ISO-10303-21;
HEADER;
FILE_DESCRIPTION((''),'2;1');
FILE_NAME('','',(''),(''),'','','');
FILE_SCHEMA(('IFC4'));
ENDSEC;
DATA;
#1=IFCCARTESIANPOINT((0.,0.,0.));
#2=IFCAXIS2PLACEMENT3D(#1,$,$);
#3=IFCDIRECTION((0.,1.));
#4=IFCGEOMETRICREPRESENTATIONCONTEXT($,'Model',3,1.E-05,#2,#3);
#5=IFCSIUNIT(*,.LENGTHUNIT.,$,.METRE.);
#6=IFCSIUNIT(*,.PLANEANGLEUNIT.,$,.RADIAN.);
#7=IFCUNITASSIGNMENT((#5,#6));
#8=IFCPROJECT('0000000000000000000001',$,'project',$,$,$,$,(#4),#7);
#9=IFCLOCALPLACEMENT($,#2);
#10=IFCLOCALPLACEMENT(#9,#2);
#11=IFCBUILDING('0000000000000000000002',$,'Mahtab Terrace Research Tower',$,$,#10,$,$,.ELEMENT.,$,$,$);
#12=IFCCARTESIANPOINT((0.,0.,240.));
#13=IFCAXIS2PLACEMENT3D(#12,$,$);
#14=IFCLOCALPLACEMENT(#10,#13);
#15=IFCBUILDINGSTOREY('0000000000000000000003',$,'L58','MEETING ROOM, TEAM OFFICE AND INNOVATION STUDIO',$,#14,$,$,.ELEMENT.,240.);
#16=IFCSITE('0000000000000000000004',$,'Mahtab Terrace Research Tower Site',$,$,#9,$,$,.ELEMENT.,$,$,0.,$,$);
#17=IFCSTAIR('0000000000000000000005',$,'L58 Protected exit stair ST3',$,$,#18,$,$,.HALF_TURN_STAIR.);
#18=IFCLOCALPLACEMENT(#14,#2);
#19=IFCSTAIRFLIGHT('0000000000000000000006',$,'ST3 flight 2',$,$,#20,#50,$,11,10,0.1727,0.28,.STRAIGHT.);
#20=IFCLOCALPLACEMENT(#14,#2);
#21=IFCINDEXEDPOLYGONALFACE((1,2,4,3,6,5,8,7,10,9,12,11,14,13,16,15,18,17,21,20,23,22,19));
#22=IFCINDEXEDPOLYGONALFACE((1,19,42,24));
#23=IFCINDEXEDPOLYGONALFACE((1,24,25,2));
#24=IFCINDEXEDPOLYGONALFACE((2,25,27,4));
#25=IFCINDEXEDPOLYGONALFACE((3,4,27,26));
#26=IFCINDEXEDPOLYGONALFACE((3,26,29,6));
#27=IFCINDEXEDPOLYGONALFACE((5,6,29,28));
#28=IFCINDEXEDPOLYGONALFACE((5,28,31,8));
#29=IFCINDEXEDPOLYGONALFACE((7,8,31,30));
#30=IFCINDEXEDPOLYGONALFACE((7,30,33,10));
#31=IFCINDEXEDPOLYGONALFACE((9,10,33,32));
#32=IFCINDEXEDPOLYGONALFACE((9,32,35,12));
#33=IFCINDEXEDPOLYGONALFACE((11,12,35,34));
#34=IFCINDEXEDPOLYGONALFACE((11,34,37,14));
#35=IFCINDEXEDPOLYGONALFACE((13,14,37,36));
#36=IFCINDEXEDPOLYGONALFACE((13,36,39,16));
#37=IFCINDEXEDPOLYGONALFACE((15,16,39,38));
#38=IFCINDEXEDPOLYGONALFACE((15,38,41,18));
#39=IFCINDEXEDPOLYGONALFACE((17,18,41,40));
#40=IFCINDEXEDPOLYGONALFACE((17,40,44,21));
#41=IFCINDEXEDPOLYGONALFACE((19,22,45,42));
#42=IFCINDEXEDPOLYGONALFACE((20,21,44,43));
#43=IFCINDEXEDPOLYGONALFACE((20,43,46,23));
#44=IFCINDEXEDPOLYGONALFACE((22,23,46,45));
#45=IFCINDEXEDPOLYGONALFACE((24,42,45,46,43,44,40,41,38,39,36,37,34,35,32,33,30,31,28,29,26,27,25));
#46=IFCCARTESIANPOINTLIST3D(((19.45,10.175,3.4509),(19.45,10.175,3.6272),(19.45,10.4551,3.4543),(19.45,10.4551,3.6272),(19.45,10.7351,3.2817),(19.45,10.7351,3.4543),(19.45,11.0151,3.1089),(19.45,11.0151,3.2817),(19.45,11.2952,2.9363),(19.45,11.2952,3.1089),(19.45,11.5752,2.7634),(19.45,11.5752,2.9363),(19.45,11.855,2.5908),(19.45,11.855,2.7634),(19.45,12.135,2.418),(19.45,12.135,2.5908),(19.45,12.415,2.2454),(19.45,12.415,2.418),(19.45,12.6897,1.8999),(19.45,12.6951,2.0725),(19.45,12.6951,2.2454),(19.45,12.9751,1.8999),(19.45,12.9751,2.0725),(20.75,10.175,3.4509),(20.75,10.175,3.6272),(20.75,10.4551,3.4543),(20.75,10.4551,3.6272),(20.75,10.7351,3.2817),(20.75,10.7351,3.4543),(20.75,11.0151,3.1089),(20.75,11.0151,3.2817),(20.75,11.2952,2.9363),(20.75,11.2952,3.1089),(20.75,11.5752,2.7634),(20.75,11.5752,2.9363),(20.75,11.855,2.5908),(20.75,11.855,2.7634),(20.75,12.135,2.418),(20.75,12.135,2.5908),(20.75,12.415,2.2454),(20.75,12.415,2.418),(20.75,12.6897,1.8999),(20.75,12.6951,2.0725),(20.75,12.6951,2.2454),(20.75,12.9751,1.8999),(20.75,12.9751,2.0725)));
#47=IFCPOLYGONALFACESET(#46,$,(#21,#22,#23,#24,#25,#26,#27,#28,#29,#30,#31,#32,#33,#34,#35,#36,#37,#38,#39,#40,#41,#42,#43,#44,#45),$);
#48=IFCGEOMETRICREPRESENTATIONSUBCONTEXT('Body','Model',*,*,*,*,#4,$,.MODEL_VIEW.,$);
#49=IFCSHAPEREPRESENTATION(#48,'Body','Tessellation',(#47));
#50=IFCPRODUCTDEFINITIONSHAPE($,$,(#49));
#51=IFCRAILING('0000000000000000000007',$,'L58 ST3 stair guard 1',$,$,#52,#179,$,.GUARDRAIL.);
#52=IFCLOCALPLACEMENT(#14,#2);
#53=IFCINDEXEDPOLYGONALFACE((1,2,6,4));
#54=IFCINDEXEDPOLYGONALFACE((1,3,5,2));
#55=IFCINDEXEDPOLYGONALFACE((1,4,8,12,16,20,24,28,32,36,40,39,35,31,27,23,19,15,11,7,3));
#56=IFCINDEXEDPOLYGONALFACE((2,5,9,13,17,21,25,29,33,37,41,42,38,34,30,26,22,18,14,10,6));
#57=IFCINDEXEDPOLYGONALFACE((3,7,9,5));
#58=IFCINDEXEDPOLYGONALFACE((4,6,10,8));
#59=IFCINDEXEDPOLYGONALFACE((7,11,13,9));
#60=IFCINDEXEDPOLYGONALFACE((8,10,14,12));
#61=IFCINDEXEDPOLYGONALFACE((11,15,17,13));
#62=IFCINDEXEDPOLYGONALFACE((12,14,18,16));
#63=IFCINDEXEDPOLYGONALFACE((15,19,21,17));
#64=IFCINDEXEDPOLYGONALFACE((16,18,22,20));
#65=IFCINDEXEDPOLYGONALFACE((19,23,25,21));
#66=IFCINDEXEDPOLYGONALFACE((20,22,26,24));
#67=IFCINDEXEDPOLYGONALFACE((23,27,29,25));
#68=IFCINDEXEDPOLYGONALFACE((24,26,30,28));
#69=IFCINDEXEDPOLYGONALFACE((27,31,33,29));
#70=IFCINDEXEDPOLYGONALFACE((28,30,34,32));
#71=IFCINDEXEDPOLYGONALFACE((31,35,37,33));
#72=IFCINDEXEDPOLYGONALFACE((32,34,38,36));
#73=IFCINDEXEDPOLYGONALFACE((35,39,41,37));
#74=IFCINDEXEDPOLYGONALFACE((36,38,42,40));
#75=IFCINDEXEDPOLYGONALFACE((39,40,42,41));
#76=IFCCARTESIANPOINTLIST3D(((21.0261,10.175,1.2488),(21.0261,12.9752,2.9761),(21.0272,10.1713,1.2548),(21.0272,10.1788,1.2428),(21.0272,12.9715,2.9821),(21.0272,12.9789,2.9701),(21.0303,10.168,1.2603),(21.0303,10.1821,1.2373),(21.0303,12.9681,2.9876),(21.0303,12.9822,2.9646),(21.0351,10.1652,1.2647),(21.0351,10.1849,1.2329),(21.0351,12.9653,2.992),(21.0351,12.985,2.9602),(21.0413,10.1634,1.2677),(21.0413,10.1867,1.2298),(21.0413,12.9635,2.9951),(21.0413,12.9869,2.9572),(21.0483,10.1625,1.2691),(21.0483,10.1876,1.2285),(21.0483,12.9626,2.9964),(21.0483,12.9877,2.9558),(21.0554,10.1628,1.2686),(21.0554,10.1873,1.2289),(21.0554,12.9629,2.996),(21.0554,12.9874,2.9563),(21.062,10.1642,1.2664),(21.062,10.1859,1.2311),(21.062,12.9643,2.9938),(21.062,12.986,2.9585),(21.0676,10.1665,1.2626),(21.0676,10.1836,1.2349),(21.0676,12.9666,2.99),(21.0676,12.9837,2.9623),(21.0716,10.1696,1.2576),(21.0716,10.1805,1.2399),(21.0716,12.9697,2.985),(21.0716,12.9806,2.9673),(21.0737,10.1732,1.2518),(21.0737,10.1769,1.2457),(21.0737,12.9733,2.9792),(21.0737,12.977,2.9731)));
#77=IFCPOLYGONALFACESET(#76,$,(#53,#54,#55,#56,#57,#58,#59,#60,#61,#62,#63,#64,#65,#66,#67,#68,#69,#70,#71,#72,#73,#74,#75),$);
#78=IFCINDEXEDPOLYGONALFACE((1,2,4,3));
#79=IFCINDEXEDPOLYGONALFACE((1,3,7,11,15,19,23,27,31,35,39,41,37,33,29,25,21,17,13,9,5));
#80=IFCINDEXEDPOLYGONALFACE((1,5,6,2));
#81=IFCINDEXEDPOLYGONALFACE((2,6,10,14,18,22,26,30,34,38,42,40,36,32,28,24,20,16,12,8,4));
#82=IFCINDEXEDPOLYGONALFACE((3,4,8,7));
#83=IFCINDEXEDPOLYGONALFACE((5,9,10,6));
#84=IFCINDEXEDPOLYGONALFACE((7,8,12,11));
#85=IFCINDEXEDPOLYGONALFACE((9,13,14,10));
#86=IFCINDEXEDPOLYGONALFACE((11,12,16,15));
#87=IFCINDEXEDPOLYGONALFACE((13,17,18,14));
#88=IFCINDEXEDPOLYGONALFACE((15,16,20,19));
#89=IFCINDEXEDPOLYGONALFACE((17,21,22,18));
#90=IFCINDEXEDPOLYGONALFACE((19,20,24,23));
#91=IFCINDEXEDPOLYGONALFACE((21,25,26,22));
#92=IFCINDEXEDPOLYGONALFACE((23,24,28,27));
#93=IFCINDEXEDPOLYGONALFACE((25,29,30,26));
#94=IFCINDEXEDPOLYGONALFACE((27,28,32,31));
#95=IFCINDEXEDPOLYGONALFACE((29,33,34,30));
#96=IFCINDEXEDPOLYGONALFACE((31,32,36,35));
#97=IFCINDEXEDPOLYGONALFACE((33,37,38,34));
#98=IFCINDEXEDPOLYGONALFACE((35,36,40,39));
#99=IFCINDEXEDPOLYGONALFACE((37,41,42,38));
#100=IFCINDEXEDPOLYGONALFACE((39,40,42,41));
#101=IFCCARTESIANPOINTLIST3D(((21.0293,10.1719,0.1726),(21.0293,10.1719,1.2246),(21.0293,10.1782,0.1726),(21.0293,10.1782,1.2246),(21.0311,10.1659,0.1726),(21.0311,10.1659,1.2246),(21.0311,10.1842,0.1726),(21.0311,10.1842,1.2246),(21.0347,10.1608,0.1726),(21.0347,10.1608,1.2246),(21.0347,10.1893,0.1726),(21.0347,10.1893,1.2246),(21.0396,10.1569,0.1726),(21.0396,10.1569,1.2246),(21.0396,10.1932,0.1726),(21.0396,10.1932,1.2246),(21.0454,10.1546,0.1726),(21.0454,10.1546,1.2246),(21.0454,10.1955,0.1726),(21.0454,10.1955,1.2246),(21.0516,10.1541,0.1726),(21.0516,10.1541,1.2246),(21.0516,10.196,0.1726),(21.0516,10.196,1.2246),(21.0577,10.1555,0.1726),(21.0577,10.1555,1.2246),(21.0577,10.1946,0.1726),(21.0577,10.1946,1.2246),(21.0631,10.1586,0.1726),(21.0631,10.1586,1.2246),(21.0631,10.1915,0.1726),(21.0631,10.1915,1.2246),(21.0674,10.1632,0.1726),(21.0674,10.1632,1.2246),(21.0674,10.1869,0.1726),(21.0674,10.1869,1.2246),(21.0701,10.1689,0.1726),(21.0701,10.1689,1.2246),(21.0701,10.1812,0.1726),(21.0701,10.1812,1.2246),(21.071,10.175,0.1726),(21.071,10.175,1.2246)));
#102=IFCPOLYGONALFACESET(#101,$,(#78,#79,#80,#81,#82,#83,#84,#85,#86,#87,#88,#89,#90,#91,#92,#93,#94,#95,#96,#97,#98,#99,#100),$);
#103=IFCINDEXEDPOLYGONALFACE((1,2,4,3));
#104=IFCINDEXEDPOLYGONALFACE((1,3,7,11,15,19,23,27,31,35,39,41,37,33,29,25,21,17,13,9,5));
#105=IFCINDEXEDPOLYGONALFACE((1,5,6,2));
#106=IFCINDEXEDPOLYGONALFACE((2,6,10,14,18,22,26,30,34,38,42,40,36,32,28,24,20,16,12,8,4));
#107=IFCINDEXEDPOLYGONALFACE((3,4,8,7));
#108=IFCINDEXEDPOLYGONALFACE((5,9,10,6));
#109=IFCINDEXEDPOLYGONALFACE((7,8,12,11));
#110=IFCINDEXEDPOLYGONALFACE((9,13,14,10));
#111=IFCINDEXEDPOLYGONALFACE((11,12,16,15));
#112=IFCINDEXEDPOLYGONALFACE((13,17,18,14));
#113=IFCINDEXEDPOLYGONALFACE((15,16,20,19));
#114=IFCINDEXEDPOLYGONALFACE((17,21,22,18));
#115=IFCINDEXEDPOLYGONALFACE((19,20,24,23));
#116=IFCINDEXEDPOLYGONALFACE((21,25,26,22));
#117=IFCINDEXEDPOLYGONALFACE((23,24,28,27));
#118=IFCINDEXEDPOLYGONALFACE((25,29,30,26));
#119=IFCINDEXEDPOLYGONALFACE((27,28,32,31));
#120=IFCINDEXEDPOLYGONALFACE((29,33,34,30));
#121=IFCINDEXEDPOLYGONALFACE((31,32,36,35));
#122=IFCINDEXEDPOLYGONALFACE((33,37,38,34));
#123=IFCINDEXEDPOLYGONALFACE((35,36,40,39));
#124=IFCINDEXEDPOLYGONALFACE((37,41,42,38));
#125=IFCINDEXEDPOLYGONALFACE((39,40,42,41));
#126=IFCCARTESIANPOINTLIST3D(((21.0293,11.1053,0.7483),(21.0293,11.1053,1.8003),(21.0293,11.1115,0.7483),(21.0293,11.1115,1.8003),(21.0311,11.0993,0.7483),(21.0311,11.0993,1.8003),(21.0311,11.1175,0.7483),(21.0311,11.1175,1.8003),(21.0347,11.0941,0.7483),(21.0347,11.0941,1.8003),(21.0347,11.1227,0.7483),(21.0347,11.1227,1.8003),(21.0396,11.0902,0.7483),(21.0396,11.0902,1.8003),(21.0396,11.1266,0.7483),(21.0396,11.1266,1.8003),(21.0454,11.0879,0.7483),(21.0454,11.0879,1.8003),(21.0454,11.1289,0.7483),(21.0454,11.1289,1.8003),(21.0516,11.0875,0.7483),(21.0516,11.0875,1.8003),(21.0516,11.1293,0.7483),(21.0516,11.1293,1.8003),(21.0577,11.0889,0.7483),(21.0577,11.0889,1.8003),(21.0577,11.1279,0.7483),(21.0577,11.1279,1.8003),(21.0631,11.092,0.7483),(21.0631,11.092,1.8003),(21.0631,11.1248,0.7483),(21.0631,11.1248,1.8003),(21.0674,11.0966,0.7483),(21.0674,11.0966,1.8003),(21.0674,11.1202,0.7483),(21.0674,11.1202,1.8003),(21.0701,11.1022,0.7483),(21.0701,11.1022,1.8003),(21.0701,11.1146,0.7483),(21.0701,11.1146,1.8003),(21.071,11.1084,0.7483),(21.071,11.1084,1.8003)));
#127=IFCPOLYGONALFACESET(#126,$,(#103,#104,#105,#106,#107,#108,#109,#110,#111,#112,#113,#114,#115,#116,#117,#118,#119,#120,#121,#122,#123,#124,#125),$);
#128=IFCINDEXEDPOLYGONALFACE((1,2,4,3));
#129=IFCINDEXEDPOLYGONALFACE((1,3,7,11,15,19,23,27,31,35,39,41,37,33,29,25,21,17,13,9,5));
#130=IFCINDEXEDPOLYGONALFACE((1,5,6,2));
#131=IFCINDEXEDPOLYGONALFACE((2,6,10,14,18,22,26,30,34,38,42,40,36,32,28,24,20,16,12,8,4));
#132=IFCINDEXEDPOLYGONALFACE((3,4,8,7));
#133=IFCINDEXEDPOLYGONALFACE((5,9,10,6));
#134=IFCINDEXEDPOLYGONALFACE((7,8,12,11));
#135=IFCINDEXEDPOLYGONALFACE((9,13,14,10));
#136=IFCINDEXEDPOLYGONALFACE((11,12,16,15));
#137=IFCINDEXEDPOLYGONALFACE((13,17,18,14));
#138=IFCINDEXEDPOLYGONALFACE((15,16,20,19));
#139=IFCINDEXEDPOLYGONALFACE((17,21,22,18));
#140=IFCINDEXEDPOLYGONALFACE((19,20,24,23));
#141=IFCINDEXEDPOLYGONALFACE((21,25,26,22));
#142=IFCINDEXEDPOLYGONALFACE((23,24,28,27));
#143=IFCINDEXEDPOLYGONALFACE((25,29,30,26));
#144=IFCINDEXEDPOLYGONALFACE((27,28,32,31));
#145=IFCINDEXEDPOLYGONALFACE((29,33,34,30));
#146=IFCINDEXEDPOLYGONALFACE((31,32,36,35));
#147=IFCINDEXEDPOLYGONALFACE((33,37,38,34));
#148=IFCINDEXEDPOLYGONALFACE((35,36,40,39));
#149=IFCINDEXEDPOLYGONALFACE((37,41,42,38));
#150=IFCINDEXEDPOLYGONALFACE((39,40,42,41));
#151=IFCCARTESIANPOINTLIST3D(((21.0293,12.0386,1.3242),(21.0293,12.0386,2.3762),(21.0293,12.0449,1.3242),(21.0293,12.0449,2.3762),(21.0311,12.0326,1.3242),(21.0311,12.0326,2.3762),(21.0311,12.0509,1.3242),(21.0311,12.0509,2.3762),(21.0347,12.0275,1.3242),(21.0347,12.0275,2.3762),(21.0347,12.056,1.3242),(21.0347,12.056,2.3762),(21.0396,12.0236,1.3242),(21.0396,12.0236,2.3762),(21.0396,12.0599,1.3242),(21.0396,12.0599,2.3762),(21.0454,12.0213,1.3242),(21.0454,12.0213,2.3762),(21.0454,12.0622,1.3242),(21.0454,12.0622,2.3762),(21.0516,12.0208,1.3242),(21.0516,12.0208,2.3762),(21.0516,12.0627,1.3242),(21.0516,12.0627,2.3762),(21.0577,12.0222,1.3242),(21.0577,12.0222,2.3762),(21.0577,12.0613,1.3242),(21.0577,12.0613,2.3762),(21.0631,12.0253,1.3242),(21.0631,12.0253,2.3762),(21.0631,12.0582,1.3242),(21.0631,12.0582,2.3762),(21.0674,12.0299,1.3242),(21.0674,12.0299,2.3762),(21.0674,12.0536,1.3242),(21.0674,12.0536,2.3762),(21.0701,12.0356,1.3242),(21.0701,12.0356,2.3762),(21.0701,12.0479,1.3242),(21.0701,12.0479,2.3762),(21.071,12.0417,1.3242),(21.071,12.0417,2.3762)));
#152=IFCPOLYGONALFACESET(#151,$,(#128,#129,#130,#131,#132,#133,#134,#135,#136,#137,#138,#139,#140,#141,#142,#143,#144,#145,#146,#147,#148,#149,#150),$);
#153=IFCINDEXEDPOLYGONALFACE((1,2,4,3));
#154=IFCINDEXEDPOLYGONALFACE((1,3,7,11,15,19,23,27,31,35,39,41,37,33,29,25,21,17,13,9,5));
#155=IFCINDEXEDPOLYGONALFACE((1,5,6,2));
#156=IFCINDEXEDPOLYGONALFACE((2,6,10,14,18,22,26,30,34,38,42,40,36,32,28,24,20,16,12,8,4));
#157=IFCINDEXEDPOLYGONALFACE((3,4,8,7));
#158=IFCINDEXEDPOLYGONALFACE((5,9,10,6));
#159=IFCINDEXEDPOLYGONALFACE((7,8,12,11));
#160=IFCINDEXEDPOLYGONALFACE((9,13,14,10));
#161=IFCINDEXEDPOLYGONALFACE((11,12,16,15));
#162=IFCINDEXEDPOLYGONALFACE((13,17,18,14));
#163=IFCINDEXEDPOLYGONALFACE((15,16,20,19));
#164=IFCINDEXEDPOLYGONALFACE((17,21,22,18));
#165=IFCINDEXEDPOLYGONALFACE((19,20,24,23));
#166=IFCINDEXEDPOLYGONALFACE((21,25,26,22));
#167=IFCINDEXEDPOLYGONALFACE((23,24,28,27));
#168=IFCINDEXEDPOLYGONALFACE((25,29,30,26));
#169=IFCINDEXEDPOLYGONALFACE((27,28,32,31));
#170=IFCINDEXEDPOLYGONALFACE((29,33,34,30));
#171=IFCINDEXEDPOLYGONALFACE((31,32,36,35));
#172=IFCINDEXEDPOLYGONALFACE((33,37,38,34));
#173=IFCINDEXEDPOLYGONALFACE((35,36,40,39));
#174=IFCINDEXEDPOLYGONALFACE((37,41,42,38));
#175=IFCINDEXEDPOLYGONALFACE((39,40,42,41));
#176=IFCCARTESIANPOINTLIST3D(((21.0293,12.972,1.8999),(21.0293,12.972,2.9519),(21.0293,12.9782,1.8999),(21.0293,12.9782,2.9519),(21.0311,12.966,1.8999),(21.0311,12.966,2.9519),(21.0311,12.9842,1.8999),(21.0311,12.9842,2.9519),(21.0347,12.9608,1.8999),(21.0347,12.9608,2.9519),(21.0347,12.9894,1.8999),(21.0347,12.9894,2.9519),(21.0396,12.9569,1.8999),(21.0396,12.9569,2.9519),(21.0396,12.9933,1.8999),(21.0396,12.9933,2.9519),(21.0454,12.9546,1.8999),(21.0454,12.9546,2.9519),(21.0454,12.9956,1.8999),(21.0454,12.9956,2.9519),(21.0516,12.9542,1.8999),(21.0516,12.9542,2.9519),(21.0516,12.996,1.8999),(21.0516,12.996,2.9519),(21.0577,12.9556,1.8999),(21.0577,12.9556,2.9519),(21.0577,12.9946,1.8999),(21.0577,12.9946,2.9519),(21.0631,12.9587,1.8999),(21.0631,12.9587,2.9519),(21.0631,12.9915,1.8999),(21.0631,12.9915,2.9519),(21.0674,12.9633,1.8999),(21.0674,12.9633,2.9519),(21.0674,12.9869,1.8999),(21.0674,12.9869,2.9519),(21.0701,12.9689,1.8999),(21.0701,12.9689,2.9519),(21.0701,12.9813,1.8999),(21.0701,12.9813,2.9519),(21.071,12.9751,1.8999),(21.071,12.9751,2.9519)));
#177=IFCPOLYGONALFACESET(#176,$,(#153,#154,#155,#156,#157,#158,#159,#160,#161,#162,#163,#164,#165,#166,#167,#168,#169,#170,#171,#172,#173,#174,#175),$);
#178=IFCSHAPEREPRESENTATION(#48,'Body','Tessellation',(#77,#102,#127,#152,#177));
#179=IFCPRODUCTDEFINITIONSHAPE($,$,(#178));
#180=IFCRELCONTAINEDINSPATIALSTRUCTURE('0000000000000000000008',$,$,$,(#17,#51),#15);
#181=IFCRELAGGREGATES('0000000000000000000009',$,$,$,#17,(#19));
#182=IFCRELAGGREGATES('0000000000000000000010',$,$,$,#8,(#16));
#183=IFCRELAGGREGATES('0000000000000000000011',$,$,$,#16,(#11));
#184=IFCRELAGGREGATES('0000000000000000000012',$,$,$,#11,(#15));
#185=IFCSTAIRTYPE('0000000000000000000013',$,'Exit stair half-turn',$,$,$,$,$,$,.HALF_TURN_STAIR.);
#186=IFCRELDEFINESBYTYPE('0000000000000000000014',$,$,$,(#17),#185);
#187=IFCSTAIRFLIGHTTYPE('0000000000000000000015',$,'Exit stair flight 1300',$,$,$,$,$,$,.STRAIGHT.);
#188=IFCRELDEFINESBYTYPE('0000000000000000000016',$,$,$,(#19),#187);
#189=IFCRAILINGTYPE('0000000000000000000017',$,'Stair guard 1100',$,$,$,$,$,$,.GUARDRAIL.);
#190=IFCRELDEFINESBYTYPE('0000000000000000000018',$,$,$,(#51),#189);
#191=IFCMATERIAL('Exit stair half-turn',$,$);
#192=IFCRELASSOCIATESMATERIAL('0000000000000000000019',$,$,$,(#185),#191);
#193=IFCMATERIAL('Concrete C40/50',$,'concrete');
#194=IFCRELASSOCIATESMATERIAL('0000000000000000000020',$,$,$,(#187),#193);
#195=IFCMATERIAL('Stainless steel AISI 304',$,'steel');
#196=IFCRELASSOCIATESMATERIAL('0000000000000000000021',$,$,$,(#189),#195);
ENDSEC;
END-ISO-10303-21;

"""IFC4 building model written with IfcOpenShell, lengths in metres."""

from ifc_helpers import new_model, si_unit, direction, frame, origin, origin_2d, place, context, subcontext, project, spatial, polyline, circle, outline, extrude, material, type_object, element, aggregate, save


model = new_model("IFC4")

# Units and contexts
model_context = context("Model", 3, precision=1e-05, world=origin(), true_north=direction((0.0, 1.0)))
body_context = subcontext(model_context, "Body", "Model", "MODEL_VIEW")
ifc_project = project(units=[si_unit("LENGTHUNIT", "METRE"), si_unit("PLANEANGLEUNIT", "RADIAN")], contexts=[model_context])

# Site, building, storey
site_placement = place(None, origin())
site = spatial("IfcSite", under=ifc_project, at=site_placement, Name="Mahtab Terrace Research Tower Site", CompositionType="ELEMENT", RefElevation=0.0)
building_placement = place(site_placement, origin())
building = spatial("IfcBuilding", under=site, at=building_placement, Name="Mahtab Terrace Research Tower", CompositionType="ELEMENT")
storey_placement = place(building_placement, frame((0.0, 0.0, 240.0)))
storey = spatial("IfcBuildingStorey", under=building, at=storey_placement, Name="L58", Description="MEETING ROOM, TEAM OFFICE AND INNOVATION STUDIO", CompositionType="ELEMENT", Elevation=240.0)

# Shared definitions
ifc_material_1 = material(Name="Stainless steel AISI 304", Category="steel")

# Stair, stair flight
ifc_material_2 = material(Name="Exit stair half-turn")
stair_type = type_object("IfcStairType", Name="Exit stair half-turn", PredefinedType="HALF_TURN_STAIR", material=ifc_material_2)
stair_placement = place(storey_placement, origin())
stair = element("IfcStair", 1, at=stair_placement, inside=storey, type_object=stair_type, Name="L58 Protected exit stair ST3", PredefinedType="HALF_TURN_STAIR")
ifc_material_3 = material(Name="Concrete C40/50", Category="concrete")
stair_flight_type = type_object("IfcStairFlightType", Name="Exit stair flight 1300", PredefinedType="STRAIGHT", material=ifc_material_3)
stair_flight_1_placement = place(storey_placement, frame((20.1001, 12.9751, 1.8999), z_axis=(0.0, 0.0, 1.0), x_axis=(0.0, -1.0, 0.0)))
stair_flight_1 = element("IfcStairFlight", 2, at=stair_flight_1_placement, type_object=stair_flight_type, Name="ST3 flight 2", NumberOfRisers=11, NumberOfTreads=10, PredefinedType="STRAIGHT", RiserHeight=0.1727, TreadLength=0.28, context=body_context, shape_type="SweptSolid", body=[
    extrude(outline(polyline([(0.0, 0.0), (0.0, 0.1726), (0.28, 0.1726), (0.28, 0.3455), (0.5601, 0.3455), (0.5601, 0.5181), (0.8401, 0.5181), (0.8401, 0.6909), (1.1201, 0.6909), (1.1201, 0.8635), (1.3999, 0.8635), (1.3999, 1.0364), (1.6799, 1.0364), (1.6799, 1.209), (1.96, 1.209), (1.96, 1.3818), (2.24, 1.3818), (2.24, 1.5544), (2.52, 1.5544), (2.52, 1.7273), (2.8, 1.7273), (2.8, 1.8999), (2.8, 1.551), (0.2854, 0.0), (0.0, 0.0)])), frame((0.0, 0.6499, 0.0), z_axis=(0.0, -1.0, 0.0), x_axis=(1.0, 0.0, 0.0)), (0.0, 0.0, 1.0), 1.3),
])
aggregate(stair, [stair_flight_1])

# Railing
railing_type_1 = type_object("IfcRailingType", Name="Stair guard 1100", PredefinedType="GUARDRAIL", material=ifc_material_1)
railing_1_placement = place(storey_placement, frame((21.05, 10.175, 0.1726)))
element("IfcRailing", 3, at=railing_1_placement, inside=storey, type_object=railing_type_1, Name="L58 ST3 stair guard 1", PredefinedType="GUARDRAIL", context=body_context, shape_type="SweptSolid", body=[
    extrude(circle(Radius=0.0239, at=origin_2d()), frame((0.0, 0.0, 1.0762), z_axis=(0.0, 0.85109, 0.52502), x_axis=(-1.0, 0.0, 0.0)), (0.0, 0.0, 1.0), 3.29),
    extrude(circle(Radius=0.021, at=origin_2d()), origin(), (0.0, 0.0, 1.0), 1.052),
    extrude(circle(Radius=0.021, at=origin_2d()), frame((0.0, 0.9333, 0.5757)), (0.0, 0.0, 1.0), 1.052),
    extrude(circle(Radius=0.021, at=origin_2d()), frame((0.0, 1.8667, 1.1516)), (0.0, 0.0, 1.0), 1.052),
    extrude(circle(Radius=0.021, at=origin_2d()), frame((0.0, 2.8, 1.7273)), (0.0, 0.0, 1.0), 1.052),
])

save(model, "model.ifc")
